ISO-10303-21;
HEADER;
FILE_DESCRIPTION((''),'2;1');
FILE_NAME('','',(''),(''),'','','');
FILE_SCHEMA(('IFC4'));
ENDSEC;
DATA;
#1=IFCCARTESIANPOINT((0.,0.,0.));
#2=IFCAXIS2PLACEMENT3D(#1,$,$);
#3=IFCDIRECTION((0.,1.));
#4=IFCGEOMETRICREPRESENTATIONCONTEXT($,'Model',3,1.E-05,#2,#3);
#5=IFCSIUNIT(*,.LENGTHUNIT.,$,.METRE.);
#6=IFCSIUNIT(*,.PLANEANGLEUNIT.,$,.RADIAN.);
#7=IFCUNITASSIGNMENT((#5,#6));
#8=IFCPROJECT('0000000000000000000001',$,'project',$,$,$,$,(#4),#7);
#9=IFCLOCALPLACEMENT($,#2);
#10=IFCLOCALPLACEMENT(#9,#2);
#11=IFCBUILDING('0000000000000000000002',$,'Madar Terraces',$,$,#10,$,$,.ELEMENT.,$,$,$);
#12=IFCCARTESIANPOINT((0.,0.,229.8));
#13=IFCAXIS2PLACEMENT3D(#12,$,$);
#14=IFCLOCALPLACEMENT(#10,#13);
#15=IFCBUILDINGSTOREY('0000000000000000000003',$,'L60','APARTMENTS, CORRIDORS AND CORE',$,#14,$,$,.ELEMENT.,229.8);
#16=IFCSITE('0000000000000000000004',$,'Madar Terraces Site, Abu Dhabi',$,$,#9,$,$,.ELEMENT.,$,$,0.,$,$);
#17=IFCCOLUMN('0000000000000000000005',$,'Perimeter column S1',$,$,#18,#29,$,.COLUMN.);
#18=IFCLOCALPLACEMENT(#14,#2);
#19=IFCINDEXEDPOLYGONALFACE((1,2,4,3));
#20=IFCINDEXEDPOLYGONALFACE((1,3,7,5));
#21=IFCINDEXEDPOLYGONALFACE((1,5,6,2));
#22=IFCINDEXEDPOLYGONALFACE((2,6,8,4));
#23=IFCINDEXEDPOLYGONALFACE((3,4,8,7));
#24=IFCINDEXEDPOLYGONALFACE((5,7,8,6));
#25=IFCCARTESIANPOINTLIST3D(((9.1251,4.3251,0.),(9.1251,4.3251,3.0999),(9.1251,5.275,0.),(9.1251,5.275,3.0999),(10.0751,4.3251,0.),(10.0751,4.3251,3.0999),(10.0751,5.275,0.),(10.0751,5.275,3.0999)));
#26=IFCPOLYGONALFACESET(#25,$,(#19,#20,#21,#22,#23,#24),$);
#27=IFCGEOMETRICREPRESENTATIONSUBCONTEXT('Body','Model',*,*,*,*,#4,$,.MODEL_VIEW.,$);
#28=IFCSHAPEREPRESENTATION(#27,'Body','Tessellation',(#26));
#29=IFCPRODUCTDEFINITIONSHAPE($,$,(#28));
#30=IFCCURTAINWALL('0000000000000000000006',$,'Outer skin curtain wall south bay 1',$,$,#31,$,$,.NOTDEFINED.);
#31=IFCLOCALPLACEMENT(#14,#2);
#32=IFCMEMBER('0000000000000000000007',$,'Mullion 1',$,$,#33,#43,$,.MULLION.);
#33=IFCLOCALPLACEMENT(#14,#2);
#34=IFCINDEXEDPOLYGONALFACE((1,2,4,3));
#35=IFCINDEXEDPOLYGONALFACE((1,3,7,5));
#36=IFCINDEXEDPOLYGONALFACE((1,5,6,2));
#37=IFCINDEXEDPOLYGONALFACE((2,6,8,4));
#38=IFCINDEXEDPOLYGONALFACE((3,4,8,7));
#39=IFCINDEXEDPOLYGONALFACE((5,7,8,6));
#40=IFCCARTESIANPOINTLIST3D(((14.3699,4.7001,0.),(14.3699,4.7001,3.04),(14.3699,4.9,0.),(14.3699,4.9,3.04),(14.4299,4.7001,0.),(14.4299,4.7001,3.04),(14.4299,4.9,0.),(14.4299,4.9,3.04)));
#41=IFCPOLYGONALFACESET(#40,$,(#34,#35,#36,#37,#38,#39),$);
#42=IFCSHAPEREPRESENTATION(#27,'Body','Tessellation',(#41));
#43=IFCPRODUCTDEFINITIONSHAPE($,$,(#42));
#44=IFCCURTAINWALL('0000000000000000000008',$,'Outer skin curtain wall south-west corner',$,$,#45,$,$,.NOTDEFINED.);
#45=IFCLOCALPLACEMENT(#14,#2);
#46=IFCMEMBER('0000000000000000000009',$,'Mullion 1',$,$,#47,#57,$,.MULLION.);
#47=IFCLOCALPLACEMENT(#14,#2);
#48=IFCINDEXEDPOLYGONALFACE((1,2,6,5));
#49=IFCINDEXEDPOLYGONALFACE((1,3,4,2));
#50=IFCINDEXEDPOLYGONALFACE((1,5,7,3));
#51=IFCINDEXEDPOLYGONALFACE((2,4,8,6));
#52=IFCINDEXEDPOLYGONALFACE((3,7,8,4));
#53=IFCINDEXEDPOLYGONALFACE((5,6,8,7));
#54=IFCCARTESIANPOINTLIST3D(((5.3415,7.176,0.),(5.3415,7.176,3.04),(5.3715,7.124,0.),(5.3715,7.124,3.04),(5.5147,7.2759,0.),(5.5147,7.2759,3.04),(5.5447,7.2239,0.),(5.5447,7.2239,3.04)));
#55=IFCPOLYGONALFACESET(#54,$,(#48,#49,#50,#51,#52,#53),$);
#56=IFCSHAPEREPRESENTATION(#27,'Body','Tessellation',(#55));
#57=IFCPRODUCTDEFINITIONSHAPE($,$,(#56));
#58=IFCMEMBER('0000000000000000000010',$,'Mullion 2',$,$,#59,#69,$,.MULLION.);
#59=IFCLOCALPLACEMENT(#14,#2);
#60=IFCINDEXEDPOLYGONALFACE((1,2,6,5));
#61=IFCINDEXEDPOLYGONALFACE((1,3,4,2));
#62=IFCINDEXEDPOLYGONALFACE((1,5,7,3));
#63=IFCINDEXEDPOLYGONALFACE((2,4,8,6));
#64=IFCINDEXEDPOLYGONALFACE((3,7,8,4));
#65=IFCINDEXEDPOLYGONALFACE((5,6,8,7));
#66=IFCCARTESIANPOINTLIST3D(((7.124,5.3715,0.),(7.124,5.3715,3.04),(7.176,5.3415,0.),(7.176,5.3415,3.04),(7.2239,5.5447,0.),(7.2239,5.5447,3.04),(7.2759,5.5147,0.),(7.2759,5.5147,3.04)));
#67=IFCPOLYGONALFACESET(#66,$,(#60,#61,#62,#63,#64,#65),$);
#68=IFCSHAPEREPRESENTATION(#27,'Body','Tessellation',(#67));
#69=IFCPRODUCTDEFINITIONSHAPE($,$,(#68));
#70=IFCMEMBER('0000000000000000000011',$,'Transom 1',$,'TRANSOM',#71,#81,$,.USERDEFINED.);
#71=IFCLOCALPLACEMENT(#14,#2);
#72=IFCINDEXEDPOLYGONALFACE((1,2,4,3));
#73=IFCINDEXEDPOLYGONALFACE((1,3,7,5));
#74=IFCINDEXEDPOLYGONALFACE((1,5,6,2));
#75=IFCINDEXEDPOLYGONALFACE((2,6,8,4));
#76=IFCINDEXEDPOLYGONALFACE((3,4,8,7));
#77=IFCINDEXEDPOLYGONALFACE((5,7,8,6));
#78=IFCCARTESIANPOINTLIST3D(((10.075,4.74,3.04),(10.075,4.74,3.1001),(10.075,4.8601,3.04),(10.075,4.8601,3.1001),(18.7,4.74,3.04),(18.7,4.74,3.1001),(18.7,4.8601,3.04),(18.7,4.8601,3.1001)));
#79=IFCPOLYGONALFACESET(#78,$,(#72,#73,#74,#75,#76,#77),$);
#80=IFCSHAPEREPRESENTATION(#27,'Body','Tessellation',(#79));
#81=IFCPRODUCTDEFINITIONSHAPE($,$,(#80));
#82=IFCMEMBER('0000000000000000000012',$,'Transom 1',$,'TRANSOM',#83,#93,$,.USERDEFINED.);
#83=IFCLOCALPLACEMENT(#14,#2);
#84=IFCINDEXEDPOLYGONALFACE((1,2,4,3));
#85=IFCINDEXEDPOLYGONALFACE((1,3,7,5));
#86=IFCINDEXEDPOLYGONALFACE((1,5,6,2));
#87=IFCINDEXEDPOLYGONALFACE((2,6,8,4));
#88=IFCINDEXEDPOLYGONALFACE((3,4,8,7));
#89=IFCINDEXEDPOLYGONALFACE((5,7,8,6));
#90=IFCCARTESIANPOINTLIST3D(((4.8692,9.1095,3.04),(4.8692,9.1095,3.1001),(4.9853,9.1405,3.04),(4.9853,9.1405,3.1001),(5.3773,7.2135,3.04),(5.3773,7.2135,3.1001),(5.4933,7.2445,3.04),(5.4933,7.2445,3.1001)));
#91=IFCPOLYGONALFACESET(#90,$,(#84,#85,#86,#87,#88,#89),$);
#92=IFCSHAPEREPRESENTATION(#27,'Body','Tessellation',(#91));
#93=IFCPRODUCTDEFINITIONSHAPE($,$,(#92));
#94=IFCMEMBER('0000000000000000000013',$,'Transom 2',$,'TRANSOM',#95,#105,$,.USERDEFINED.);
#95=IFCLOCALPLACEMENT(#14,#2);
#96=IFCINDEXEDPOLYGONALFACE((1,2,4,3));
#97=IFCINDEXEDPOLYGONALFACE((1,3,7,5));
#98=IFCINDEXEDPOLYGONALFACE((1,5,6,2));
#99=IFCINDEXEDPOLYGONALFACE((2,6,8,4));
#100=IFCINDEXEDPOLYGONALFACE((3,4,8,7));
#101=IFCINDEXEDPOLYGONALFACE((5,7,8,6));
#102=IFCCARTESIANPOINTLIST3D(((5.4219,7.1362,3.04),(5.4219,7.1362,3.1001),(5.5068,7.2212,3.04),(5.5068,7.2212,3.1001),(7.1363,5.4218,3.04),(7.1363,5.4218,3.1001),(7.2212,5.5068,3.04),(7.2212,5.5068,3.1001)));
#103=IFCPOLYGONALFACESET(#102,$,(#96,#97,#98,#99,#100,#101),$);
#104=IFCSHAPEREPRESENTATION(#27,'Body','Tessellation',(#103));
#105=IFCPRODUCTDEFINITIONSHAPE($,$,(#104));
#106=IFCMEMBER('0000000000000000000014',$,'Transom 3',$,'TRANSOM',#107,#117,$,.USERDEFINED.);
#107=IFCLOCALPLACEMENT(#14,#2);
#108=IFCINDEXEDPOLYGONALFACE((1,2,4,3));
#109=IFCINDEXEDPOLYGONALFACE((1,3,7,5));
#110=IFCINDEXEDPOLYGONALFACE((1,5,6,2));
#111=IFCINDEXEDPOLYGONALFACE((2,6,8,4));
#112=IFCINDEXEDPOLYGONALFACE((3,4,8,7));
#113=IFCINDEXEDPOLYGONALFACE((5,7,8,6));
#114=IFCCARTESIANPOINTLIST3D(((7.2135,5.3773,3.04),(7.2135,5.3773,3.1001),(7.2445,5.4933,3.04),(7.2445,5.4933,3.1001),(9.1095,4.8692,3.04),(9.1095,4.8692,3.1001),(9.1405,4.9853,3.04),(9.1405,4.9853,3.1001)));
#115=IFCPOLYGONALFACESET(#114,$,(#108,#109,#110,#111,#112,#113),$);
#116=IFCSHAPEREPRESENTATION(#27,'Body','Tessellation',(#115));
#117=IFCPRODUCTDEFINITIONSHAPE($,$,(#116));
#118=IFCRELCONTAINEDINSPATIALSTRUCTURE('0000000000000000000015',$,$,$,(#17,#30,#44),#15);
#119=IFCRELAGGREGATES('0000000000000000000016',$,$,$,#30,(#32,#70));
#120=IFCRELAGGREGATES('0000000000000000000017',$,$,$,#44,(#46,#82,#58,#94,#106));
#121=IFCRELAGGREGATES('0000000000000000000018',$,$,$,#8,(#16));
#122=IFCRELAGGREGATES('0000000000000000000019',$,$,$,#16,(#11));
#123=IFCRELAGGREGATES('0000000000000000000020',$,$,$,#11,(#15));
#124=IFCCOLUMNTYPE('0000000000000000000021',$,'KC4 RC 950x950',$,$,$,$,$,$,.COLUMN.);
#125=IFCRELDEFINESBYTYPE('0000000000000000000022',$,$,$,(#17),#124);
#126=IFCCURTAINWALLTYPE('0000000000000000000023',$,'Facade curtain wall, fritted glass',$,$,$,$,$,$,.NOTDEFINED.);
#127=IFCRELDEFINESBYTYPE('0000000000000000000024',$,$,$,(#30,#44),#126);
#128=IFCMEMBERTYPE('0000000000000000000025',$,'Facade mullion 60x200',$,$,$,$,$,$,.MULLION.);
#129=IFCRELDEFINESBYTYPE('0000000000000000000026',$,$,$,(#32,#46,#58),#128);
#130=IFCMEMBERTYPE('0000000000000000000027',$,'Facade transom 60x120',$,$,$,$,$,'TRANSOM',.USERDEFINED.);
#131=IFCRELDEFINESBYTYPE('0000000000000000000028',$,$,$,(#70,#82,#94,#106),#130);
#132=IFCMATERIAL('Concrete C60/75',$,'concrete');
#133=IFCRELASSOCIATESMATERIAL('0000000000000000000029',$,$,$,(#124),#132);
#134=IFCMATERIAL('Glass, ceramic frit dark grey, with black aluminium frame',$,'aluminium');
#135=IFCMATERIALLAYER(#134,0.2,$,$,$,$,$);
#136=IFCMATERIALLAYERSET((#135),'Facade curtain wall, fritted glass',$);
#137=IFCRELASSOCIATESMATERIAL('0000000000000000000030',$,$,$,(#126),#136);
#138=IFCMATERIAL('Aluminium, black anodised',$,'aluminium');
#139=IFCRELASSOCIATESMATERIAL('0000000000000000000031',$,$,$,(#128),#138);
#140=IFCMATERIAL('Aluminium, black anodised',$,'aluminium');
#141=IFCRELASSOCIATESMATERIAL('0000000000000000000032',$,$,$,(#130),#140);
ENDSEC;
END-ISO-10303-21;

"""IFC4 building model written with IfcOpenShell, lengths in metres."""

from ifc_helpers import new_model, si_unit, direction, frame, origin, origin_2d, place, context, subcontext, project, spatial, rectangle, extrude, material, layer, layer_set, material_profile, profile_set, type_object, element, aggregate, save


model = new_model("IFC4")

# Units and contexts
model_context = context("Model", 3, precision=1e-05, world=origin(), true_north=direction((0.0, 1.0)))
body_context = subcontext(model_context, "Body", "Model", "MODEL_VIEW")
ifc_project = project(units=[si_unit("LENGTHUNIT", "METRE"), si_unit("PLANEANGLEUNIT", "RADIAN")], contexts=[model_context])

# Site, building, storey
site_placement = place(None, origin())
site = spatial("IfcSite", under=ifc_project, at=site_placement, Name="Madar Terraces Site, Abu Dhabi", CompositionType="ELEMENT", RefElevation=0.0)
building_placement = place(site_placement, origin())
building = spatial("IfcBuilding", under=site, at=building_placement, Name="Madar Terraces", CompositionType="ELEMENT")
storey_placement = place(building_placement, frame((0.0, 0.0, 229.8)))
storey = spatial("IfcBuildingStorey", under=building, at=storey_placement, Name="L60", Description="APARTMENTS, CORRIDORS AND CORE", CompositionType="ELEMENT", Elevation=229.8)

# Column
ifc_material_1 = material(Name="Concrete C60/75", Category="concrete")
ifc_material_profile_1 = material_profile(ifc_material_1, rectangle(XDim=0.95, YDim=0.95, at=origin_2d()), Name="KC4 RC 950x950")
ifc_profile_set_1 = profile_set([ifc_material_profile_1], Name="Concrete C60/75")
column_type = type_object("IfcColumnType", Name="KC4 RC 950x950", PredefinedType="COLUMN", material=ifc_profile_set_1)
column_placement = place(storey_placement, frame((9.6001, 4.8, 0.0), z_axis=(0.0, 0.0, 1.0), x_axis=(1.0, 0.0, 0.0)))
element("IfcColumn", 1, at=column_placement, inside=storey, type_object=column_type, Name="Perimeter column S1", PredefinedType="COLUMN", context=body_context, shape_type="SweptSolid", body=[
    extrude(rectangle(XDim=0.95, YDim=0.95, at=origin_2d()), origin(), (0.0, 0.0, 1.0), 3.0999),
])

# Curtain wall, member
ifc_material_2 = material(Name="Glass, ceramic frit dark grey, with black aluminium frame", Category="aluminium")
ifc_layer_1 = layer(ifc_material_2, 0.2)
ifc_layer_set_1 = layer_set([ifc_layer_1], Name="Facade curtain wall, fritted glass")
curtain_wall_type = type_object("IfcCurtainWallType", Name="Facade curtain wall, fritted glass", PredefinedType="NOTDEFINED", material=ifc_layer_set_1)
curtain_wall_1_placement = place(storey_placement, origin())
curtain_wall_1 = element("IfcCurtainWall", 2, at=curtain_wall_1_placement, inside=storey, type_object=curtain_wall_type, Name="Outer skin curtain wall south bay 1", PredefinedType="NOTDEFINED")
ifc_material_3 = material(Name="Aluminium, black anodised", Category="aluminium")
ifc_material_profile_2 = material_profile(ifc_material_3, rectangle(XDim=0.2, YDim=0.0601, at=origin_2d()), Name="Facade mullion 60x200")
ifc_profile_set_2 = profile_set([ifc_material_profile_2], Name="Aluminium, black anodised")
member_type_1 = type_object("IfcMemberType", Name="Facade mullion 60x200", PredefinedType="MULLION", material=ifc_profile_set_2)
member_1_placement = place(storey_placement, frame((14.3999, 4.8, 0.0), z_axis=(0.0, 0.0, 1.0), x_axis=(0.0, 1.0, 0.0)))
member_1 = element("IfcMember", 3, at=member_1_placement, type_object=member_type_1, Name="Mullion 1", PredefinedType="MULLION", context=body_context, shape_type="SweptSolid", body=[
    extrude(rectangle(XDim=0.2, YDim=0.0601, at=origin_2d()), origin(), (0.0, 0.0, 1.0), 3.04),
])

# Curtain wall, members
curtain_wall_2_placement = place(storey_placement, origin())
curtain_wall_2 = element("IfcCurtainWall", 4, at=curtain_wall_2_placement, inside=storey, type_object=curtain_wall_type, Name="Outer skin curtain wall south-west corner", PredefinedType="NOTDEFINED")
member_2_placement = place(storey_placement, frame((5.4431, 7.2, 0.0), z_axis=(0.0, 0.0, 1.0), x_axis=(0.866025, 0.5, 0.0)))
member_2 = element("IfcMember", 5, at=member_2_placement, type_object=member_type_1, Name="Mullion 1", PredefinedType="MULLION", context=body_context, shape_type="SweptSolid", body=[
    extrude(rectangle(XDim=0.2, YDim=0.0601, at=origin_2d()), origin(), (0.0, 0.0, 1.0), 3.04),
])
member_3_placement = place(storey_placement, frame((7.2, 5.4431, 0.0), z_axis=(0.0, 0.0, 1.0), x_axis=(0.5, 0.866025, 0.0)))
member_3 = element("IfcMember", 6, at=member_3_placement, type_object=member_type_1, Name="Mullion 2", PredefinedType="MULLION", context=body_context, shape_type="SweptSolid", body=[
    extrude(rectangle(XDim=0.2, YDim=0.0601, at=origin_2d()), origin(), (0.0, 0.0, 1.0), 3.04),
])

# Members
ifc_material_4 = material(Name="Aluminium, black anodised", Category="aluminium")
ifc_material_profile_3 = material_profile(ifc_material_4, rectangle(XDim=0.1201, YDim=0.0601, at=origin_2d()), Name="Facade transom 60x120")
ifc_profile_set_3 = profile_set([ifc_material_profile_3], Name="Aluminium, black anodised")
member_type_2 = type_object("IfcMemberType", Name="Facade transom 60x120", ElementType="TRANSOM", PredefinedType="USERDEFINED", material=ifc_profile_set_3)
member_4_placement = place(storey_placement, frame((10.075, 4.8, 3.0701), z_axis=(1.0, 0.0, 0.0), x_axis=(0.0, 1.0, 0.0)))
member_4 = element("IfcMember", 7, at=member_4_placement, type_object=member_type_2, Name="Transom 1", ObjectType="TRANSOM", PredefinedType="USERDEFINED", context=body_context, shape_type="SweptSolid", body=[
    extrude(rectangle(XDim=0.1201, YDim=0.0601, at=origin_2d()), origin(), (0.0, 0.0, 1.0), 8.625),
])
member_5_placement = place(storey_placement, frame((4.9272, 9.125, 3.0701), z_axis=(0.258831, -0.965923, 0.0), x_axis=(0.965923, 0.258831, 0.0)))
member_5 = element("IfcMember", 8, at=member_5_placement, type_object=member_type_2, Name="Transom 1", ObjectType="TRANSOM", PredefinedType="USERDEFINED", context=body_context, shape_type="SweptSolid", body=[
    extrude(rectangle(XDim=0.1201, YDim=0.0601, at=origin_2d()), origin(), (0.0, 0.0, 1.0), 1.9629),
])
member_6_placement = place(storey_placement, frame((5.4644, 7.1787, 3.0701), z_axis=(0.707107, -0.707107, 0.0), x_axis=(0.707107, 0.707107, 0.0)))
member_6 = element("IfcMember", 9, at=member_6_placement, type_object=member_type_2, Name="Transom 2", ObjectType="TRANSOM", PredefinedType="USERDEFINED", context=body_context, shape_type="SweptSolid", body=[
    extrude(rectangle(XDim=0.1201, YDim=0.0601, at=origin_2d()), origin(), (0.0, 0.0, 1.0), 2.4246),
])
member_7_placement = place(storey_placement, frame((7.229, 5.4353, 3.0701), z_axis=(0.965923, -0.258831, 0.0), x_axis=(0.258831, 0.965923, 0.0)))
member_7 = element("IfcMember", 10, at=member_7_placement, type_object=member_type_2, Name="Transom 3", ObjectType="TRANSOM", PredefinedType="USERDEFINED", context=body_context, shape_type="SweptSolid", body=[
    extrude(rectangle(XDim=0.1201, YDim=0.0601, at=origin_2d()), origin(), (0.0, 0.0, 1.0), 1.9629),
])

aggregate(curtain_wall_1, [member_1, member_4])
aggregate(curtain_wall_2, [member_2, member_5, member_3, member_6, member_7])

save(model, "model.ifc")
